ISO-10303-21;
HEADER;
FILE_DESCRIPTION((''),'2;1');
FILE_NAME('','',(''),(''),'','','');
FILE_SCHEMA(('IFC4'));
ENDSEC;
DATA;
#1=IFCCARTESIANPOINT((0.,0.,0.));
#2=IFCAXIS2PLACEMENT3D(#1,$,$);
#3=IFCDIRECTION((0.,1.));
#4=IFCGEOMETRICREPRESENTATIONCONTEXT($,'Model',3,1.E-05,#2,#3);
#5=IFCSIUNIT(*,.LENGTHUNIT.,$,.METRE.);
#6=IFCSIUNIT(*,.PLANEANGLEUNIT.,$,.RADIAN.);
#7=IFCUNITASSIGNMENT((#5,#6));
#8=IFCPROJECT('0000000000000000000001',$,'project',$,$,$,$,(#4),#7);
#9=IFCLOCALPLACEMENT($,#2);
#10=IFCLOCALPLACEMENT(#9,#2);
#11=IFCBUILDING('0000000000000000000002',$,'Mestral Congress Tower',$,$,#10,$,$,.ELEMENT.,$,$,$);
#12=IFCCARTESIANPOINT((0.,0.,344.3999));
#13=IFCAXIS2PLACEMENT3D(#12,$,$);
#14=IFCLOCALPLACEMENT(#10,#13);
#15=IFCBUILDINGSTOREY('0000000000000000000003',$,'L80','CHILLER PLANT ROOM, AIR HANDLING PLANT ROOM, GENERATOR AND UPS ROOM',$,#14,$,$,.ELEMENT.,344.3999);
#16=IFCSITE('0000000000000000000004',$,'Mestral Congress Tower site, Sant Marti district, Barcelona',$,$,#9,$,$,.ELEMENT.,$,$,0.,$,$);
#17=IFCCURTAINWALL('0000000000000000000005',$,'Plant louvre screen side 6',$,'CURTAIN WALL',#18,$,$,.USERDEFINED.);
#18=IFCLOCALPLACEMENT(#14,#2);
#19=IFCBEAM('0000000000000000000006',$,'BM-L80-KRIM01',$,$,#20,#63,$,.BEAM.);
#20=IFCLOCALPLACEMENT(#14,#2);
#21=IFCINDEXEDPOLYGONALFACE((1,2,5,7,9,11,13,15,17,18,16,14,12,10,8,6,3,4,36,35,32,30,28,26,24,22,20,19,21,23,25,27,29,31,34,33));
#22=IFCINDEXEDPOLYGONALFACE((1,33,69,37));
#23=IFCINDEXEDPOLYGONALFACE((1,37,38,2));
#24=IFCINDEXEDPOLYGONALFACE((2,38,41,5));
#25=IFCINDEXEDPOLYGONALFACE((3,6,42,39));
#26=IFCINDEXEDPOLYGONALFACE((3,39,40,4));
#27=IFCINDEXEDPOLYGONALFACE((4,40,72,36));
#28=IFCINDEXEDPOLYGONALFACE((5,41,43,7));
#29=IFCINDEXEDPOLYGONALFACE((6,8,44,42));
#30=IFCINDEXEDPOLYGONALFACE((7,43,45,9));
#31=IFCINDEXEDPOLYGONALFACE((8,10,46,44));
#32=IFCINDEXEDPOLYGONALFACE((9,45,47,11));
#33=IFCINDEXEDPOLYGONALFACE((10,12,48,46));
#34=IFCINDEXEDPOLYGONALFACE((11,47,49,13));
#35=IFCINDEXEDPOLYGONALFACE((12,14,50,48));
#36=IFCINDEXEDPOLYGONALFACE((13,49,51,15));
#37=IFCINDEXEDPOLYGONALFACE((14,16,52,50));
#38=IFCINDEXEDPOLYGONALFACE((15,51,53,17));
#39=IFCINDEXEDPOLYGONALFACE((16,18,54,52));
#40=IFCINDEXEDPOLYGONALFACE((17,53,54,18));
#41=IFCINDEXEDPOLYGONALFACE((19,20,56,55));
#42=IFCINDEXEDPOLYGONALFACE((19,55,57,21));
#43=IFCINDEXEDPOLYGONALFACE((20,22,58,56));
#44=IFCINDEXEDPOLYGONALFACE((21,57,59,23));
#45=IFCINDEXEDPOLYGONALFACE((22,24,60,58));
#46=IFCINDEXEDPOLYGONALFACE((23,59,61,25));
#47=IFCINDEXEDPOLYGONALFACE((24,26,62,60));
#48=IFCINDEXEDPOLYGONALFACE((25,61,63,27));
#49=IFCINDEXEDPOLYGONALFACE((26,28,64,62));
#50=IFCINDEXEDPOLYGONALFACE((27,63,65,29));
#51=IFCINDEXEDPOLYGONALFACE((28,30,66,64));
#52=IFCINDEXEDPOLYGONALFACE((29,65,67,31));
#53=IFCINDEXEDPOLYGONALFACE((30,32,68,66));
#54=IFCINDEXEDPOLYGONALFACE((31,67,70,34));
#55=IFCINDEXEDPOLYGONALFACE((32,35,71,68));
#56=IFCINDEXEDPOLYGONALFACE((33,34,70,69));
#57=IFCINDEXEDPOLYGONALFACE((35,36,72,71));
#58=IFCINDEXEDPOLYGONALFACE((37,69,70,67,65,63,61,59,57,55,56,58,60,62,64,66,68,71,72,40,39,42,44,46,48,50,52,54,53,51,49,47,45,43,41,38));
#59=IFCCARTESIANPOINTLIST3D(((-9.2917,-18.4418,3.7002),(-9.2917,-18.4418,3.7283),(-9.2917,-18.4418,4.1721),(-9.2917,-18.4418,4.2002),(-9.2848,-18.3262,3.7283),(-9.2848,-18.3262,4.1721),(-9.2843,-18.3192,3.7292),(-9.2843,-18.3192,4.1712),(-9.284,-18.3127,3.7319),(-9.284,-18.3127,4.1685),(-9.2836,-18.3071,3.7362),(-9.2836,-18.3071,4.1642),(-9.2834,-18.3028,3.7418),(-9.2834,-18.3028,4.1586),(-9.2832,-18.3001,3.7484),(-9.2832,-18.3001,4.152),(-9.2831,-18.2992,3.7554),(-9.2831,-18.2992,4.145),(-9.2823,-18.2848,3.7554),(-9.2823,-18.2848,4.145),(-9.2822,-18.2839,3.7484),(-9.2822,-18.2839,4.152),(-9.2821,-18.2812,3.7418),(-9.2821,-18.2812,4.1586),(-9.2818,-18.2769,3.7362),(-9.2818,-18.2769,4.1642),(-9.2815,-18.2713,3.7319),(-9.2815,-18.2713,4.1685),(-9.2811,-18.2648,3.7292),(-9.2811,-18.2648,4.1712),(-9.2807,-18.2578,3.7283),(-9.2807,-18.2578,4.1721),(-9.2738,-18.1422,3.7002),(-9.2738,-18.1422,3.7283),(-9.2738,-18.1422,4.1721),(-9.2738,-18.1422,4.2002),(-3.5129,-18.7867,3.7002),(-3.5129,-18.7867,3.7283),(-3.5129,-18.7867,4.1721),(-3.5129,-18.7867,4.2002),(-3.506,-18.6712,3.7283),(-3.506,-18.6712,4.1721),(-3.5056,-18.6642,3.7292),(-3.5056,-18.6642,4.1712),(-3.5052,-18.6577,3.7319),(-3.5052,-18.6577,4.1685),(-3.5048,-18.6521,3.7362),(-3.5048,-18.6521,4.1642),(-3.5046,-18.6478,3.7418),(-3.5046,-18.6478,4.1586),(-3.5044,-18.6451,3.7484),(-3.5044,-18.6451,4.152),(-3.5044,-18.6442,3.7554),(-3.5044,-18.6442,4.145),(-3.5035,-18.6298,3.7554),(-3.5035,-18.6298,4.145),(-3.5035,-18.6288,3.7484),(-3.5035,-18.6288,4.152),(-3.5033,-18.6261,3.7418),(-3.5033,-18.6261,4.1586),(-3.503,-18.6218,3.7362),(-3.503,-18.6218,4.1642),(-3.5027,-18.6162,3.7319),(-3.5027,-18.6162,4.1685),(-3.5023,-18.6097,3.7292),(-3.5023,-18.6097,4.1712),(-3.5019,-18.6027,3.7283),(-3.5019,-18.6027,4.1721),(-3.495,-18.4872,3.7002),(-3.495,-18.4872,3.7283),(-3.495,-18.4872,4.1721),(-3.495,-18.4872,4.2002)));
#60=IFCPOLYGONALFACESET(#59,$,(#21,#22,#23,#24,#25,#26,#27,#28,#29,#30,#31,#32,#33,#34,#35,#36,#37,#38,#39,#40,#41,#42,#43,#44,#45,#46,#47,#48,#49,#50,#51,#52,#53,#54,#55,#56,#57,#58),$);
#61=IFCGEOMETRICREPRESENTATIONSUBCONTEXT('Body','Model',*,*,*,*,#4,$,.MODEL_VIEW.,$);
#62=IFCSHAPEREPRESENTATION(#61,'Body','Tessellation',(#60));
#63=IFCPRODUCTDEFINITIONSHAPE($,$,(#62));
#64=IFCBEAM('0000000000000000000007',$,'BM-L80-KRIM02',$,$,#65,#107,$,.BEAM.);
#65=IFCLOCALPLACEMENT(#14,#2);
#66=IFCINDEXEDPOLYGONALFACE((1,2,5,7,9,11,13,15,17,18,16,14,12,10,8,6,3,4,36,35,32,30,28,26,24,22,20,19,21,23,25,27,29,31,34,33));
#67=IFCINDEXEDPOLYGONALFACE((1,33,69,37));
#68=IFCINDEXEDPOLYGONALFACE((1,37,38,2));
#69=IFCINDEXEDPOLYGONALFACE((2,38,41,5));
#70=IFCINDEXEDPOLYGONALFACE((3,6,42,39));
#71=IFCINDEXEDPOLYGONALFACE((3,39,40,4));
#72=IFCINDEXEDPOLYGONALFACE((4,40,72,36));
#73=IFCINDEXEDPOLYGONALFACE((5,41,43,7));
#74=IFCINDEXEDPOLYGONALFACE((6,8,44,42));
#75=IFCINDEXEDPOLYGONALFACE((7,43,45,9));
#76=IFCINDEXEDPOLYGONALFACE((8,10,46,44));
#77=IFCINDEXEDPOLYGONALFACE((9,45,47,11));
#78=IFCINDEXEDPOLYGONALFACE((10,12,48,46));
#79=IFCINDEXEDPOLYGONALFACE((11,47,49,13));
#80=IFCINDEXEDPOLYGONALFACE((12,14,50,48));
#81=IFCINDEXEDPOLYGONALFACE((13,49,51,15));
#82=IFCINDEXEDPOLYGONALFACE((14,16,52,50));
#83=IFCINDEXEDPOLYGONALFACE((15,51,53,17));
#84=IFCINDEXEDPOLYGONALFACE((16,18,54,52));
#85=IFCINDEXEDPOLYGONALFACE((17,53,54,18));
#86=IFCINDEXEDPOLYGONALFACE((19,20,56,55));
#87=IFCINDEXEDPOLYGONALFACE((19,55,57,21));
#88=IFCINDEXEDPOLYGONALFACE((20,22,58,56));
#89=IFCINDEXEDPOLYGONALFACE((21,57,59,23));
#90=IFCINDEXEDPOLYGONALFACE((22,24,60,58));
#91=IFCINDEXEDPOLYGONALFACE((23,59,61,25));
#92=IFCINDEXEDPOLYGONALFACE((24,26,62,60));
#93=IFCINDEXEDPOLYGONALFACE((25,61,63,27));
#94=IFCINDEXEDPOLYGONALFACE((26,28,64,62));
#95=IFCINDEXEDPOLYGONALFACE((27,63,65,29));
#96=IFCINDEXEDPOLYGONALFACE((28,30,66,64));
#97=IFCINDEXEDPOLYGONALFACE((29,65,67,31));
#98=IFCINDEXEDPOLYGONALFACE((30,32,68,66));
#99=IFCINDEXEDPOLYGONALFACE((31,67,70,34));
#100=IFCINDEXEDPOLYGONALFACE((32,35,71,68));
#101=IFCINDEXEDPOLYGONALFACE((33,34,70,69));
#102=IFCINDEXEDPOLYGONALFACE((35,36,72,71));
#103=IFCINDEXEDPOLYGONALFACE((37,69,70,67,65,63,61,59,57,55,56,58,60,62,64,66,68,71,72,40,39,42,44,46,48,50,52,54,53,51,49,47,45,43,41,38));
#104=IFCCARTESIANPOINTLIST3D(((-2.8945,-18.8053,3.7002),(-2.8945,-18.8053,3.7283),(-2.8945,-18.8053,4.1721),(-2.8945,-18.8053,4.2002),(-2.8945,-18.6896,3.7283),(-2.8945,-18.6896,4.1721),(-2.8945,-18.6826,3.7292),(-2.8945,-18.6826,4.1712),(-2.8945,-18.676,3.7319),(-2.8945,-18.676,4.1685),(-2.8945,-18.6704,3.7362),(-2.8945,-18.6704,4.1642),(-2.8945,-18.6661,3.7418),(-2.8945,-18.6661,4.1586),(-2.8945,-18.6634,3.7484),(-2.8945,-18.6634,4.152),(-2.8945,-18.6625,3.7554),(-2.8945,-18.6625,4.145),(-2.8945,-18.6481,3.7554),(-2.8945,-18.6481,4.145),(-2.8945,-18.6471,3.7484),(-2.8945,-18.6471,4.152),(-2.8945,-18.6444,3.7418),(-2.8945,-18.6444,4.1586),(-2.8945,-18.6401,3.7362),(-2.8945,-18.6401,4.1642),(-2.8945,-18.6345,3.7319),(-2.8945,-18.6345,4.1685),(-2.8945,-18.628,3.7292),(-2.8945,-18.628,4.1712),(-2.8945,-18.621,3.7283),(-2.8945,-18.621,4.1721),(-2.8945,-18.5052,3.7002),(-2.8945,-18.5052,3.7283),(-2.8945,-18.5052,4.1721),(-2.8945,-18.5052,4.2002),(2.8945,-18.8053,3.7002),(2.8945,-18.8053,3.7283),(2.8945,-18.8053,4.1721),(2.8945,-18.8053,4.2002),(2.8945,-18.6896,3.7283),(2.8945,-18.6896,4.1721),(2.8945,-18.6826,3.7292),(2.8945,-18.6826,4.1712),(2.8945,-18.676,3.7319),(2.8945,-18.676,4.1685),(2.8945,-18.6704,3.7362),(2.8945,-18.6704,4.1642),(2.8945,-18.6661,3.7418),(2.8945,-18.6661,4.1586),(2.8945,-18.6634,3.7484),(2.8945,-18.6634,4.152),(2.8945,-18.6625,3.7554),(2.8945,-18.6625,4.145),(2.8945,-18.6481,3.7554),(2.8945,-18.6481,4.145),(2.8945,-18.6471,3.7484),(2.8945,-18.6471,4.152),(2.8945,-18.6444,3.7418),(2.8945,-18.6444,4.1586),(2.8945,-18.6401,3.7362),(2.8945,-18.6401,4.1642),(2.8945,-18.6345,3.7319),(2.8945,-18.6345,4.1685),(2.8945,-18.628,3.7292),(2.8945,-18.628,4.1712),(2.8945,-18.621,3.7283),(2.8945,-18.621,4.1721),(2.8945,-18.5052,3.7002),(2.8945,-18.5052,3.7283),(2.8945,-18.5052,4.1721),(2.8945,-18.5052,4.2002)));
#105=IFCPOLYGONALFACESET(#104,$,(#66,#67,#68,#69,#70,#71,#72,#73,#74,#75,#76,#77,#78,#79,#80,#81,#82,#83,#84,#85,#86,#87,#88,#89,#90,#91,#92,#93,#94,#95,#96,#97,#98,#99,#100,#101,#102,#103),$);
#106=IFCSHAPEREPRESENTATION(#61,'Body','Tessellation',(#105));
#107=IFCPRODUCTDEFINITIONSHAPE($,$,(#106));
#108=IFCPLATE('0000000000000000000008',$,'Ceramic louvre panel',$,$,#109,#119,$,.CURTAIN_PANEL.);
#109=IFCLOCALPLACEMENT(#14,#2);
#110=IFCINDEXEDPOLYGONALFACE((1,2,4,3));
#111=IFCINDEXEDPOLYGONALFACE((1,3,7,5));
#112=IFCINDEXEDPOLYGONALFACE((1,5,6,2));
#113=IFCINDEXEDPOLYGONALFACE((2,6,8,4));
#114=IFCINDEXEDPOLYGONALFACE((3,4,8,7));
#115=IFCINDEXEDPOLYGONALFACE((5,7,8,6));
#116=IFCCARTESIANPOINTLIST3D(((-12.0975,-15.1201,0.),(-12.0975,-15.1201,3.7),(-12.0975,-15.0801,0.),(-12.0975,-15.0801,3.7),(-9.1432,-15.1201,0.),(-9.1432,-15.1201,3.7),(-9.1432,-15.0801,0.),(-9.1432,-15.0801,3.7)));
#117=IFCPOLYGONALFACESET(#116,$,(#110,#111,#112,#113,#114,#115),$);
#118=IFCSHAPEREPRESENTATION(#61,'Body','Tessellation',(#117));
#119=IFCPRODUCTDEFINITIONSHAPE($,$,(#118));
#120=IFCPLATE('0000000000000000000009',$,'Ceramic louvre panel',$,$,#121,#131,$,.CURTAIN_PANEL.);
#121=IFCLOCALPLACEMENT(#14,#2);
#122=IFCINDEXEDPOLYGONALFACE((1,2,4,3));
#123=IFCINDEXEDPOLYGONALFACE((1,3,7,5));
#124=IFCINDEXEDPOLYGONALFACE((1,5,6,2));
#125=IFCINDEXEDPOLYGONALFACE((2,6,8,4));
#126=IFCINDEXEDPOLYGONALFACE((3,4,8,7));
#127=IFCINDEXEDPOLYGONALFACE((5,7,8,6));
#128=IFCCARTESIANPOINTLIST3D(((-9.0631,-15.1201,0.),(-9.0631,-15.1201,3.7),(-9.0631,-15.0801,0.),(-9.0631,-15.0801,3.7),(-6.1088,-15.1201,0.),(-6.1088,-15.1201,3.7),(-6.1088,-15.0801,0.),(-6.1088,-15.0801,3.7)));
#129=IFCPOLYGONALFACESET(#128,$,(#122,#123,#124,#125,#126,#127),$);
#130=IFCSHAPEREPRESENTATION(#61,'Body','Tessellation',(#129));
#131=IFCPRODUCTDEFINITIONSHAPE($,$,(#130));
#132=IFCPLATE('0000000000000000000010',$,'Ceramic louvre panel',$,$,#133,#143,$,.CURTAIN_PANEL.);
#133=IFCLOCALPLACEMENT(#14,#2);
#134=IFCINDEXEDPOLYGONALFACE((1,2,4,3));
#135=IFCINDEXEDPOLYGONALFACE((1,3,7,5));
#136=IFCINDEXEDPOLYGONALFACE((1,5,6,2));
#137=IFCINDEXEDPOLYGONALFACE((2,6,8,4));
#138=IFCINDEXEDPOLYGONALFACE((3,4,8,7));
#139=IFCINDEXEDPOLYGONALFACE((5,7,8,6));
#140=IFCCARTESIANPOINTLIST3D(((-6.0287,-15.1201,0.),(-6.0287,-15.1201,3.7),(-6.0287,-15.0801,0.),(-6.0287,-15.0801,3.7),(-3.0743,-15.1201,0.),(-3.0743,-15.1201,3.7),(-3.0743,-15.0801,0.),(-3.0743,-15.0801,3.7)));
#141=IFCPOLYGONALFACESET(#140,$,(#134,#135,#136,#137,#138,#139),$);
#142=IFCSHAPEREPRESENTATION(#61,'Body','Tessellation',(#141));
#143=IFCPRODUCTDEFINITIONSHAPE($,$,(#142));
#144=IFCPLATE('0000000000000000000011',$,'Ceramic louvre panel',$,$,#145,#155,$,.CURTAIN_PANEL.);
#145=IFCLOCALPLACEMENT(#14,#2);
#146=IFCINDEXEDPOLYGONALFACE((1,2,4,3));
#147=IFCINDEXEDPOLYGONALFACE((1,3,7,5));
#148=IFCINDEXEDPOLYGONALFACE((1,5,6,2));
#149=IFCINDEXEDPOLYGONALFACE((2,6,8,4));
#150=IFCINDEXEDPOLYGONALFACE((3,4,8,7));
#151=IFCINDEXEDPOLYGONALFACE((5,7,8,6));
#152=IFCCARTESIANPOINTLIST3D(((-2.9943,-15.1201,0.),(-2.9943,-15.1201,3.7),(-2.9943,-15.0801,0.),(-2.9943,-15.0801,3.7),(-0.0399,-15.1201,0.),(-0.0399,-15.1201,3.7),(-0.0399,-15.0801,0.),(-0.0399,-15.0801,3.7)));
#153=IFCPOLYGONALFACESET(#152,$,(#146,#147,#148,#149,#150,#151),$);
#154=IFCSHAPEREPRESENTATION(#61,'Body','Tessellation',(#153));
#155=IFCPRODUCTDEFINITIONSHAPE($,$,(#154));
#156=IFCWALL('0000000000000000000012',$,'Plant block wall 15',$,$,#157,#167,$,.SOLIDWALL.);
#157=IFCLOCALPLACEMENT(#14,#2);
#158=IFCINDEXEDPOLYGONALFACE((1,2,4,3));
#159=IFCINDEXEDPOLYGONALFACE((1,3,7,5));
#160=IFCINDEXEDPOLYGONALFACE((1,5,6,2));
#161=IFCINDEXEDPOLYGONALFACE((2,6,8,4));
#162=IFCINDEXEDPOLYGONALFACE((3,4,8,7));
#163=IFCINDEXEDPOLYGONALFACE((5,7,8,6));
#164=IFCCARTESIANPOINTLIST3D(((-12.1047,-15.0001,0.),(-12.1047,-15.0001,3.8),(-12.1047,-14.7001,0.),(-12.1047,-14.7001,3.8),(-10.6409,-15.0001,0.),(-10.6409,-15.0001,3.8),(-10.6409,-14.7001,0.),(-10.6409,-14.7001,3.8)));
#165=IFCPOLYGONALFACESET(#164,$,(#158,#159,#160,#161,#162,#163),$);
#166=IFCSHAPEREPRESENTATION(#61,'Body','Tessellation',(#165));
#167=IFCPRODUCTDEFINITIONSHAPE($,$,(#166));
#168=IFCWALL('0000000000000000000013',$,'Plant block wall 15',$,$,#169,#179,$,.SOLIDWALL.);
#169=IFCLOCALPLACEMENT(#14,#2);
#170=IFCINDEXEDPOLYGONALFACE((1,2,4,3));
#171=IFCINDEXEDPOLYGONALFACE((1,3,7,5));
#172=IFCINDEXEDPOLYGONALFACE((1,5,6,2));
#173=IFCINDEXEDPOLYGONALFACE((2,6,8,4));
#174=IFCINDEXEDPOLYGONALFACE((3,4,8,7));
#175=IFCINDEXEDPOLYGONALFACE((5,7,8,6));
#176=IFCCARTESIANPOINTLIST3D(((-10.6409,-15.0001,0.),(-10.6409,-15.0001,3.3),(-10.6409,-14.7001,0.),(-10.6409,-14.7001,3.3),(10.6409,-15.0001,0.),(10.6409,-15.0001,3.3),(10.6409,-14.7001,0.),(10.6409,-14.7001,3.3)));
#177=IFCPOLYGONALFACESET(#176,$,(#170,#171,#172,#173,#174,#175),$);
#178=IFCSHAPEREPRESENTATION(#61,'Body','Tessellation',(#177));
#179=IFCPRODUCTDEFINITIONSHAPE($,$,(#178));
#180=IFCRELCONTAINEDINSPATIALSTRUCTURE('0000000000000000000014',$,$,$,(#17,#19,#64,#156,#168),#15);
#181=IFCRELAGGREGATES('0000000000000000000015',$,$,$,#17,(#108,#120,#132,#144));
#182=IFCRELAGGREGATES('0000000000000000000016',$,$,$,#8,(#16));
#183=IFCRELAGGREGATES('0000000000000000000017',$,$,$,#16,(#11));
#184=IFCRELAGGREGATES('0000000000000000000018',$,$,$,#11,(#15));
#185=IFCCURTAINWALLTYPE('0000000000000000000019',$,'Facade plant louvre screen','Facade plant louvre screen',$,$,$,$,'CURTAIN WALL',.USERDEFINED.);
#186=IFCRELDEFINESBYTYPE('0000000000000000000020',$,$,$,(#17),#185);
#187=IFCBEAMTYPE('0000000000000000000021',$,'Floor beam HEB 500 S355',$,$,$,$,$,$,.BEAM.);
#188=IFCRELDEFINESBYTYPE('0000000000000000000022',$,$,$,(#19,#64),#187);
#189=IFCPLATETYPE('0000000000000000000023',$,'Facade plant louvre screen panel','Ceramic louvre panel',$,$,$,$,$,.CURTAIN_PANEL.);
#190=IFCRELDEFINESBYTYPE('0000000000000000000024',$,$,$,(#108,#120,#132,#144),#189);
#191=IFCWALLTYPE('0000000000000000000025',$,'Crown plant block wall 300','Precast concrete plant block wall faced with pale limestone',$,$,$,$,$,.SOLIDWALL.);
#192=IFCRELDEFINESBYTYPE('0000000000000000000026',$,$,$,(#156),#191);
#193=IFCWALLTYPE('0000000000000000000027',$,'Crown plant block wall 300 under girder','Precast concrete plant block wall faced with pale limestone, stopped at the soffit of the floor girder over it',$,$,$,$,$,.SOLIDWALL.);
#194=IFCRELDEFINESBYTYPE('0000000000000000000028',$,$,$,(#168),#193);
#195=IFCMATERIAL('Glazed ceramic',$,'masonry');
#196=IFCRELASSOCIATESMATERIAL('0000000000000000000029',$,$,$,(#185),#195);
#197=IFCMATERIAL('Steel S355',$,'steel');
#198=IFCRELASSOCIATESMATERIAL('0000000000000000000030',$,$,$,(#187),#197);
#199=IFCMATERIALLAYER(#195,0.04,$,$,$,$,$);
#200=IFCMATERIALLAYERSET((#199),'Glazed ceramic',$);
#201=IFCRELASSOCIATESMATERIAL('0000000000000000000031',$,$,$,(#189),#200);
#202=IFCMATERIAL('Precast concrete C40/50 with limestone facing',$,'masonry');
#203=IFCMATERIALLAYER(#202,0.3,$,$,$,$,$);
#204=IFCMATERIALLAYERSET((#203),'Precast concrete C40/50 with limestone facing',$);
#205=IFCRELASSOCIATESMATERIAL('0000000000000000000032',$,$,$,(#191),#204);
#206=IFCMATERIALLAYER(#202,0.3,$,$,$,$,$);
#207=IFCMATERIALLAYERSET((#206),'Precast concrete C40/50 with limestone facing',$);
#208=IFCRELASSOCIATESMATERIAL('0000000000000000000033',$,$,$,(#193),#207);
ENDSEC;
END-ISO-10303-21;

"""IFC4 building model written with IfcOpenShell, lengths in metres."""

from ifc_helpers import new_model, si_unit, direction, frame, frame_2d, origin, origin_2d, place, context, subcontext, project, spatial, rectangle, i_section, extrude, material, layer, layer_set, material_profile, profile_set, type_object, element, aggregate, save


model = new_model("IFC4")

# Units and contexts
model_context = context("Model", 3, precision=1e-05, world=origin(), true_north=direction((0.0, 1.0)))
body_context = subcontext(model_context, "Body", "Model", "MODEL_VIEW")
ifc_project = project(units=[si_unit("LENGTHUNIT", "METRE"), si_unit("PLANEANGLEUNIT", "RADIAN")], contexts=[model_context])

# Site, building, storey
site_placement = place(None, origin())
site = spatial("IfcSite", under=ifc_project, at=site_placement, Name="Mestral Congress Tower site, Sant Marti district, Barcelona", CompositionType="ELEMENT", RefElevation=0.0)
building_placement = place(site_placement, origin())
building = spatial("IfcBuilding", under=site, at=building_placement, Name="Mestral Congress Tower", CompositionType="ELEMENT")
storey_placement = place(building_placement, frame((0.0, 0.0, 344.3999)))
storey = spatial("IfcBuildingStorey", under=building, at=storey_placement, Name="L80", Description="CHILLER PLANT ROOM, AIR HANDLING PLANT ROOM, GENERATOR AND UPS ROOM", CompositionType="ELEMENT", Elevation=344.3999)

# Shared definitions
ifc_material_1 = material(Name="Steel S355", Category="steel")

# Shared definitions
ifc_material_2 = material(Name="Glazed ceramic", Category="masonry")
curtain_wall_type = type_object("IfcCurtainWallType", Name="Facade plant louvre screen", Description="Facade plant louvre screen", ElementType="CURTAIN WALL", PredefinedType="USERDEFINED", material=ifc_material_2)
placement = place(storey_placement, origin())

# Curtain wall
curtain_wall_1 = element("IfcCurtainWall", 1, at=placement, inside=storey, type_object=curtain_wall_type, Name="Plant louvre screen side 6", ObjectType="CURTAIN WALL", PredefinedType="USERDEFINED")

# Beams
ifc_material_profile_1 = material_profile(ifc_material_1, i_section(OverallWidth=0.3, OverallDepth=0.5, WebThickness=0.0144, FlangeThickness=0.0281, FilletRadius=0.0271, at=origin_2d()), Name="HEB 500")
ifc_profile_set_1 = profile_set([ifc_material_profile_1], Name="Steel S355")
beam_type_1 = type_object("IfcBeamType", Name="Floor beam HEB 500 S355", PredefinedType="BEAM", material=ifc_profile_set_1)
for number, where, z_axis, x_axis, name in (
    (2, (-9.2827, -18.292, 3.9502), (0.998223, -0.05959, 0.0), (0.05959, 0.998223, 0.0), "BM-L80-KRIM01"),
    (3, (-2.8945, -18.6553, 3.9502), (1.0, 0.0, 0.0), (0.0, 1.0, 0.0), "BM-L80-KRIM02"),
):
    element("IfcBeam", number, at=place(storey_placement, frame(where, z_axis=z_axis, x_axis=x_axis)), inside=storey, type_object=beam_type_1, Name=name, PredefinedType="BEAM", context=body_context, shape_type="SweptSolid", body=[
        extrude(i_section(OverallWidth=0.3, OverallDepth=0.5, WebThickness=0.0144, FlangeThickness=0.0281, FilletRadius=0.0271, at=origin_2d()), origin(), (0.0, 0.0, 1.0), 5.7891),
    ])

# Plates
ifc_layer_1 = layer(ifc_material_2, 0.04)
ifc_layer_set_1 = layer_set([ifc_layer_1], Name="Glazed ceramic")
plate_type = type_object("IfcPlateType", Name="Facade plant louvre screen panel", Description="Ceramic louvre panel", PredefinedType="CURTAIN_PANEL", material=ifc_layer_set_1)
plate_1_placement = place(storey_placement, frame((-10.6204, -15.1001, 0.0), z_axis=(0.0, 0.0, 1.0), x_axis=(1.0, 0.0, 0.0)))
plate_1 = element("IfcPlate", 4, at=plate_1_placement, type_object=plate_type, Name="Ceramic louvre panel", PredefinedType="CURTAIN_PANEL", context=body_context, shape_type="SweptSolid", body=[
    extrude(rectangle(XDim=2.9543, YDim=0.04, at=origin_2d()), origin(), (0.0, 0.0, 1.0), 3.7),
])
plate_2_placement = place(storey_placement, frame((-7.5859, -15.1001, 0.0), z_axis=(0.0, 0.0, 1.0), x_axis=(1.0, 0.0, 0.0)))
plate_2 = element("IfcPlate", 5, at=plate_2_placement, type_object=plate_type, Name="Ceramic louvre panel", PredefinedType="CURTAIN_PANEL", context=body_context, shape_type="SweptSolid", body=[
    extrude(rectangle(XDim=2.9543, YDim=0.04, at=origin_2d()), origin(), (0.0, 0.0, 1.0), 3.7),
])
plate_3_placement = place(storey_placement, frame((-4.5515, -15.1001, 0.0), z_axis=(0.0, 0.0, 1.0), x_axis=(1.0, 0.0, 0.0)))
plate_3 = element("IfcPlate", 6, at=plate_3_placement, type_object=plate_type, Name="Ceramic louvre panel", PredefinedType="CURTAIN_PANEL", context=body_context, shape_type="SweptSolid", body=[
    extrude(rectangle(XDim=2.9543, YDim=0.04, at=origin_2d()), origin(), (0.0, 0.0, 1.0), 3.7),
])
plate_4_placement = place(storey_placement, frame((-1.5171, -15.1001, 0.0), z_axis=(0.0, 0.0, 1.0), x_axis=(1.0, 0.0, 0.0)))
plate_4 = element("IfcPlate", 7, at=plate_4_placement, type_object=plate_type, Name="Ceramic louvre panel", PredefinedType="CURTAIN_PANEL", context=body_context, shape_type="SweptSolid", body=[
    extrude(rectangle(XDim=2.9543, YDim=0.04, at=origin_2d()), origin(), (0.0, 0.0, 1.0), 3.7),
])
aggregate(curtain_wall_1, [plate_1, plate_2, plate_3, plate_4])

# Walls
ifc_material_3 = material(Name="Precast concrete C40/50 with limestone facing", Category="masonry")
ifc_layer_2 = layer(ifc_material_3, 0.3)
ifc_layer_set_2 = layer_set([ifc_layer_2], Name="Precast concrete C40/50 with limestone facing")
wall_type_1 = type_object("IfcWallType", Name="Crown plant block wall 300", Description="Precast concrete plant block wall faced with pale limestone", PredefinedType="SOLIDWALL", material=ifc_layer_set_2)
wall_1_placement = place(storey_placement, frame((-12.1047, -14.8501, 0.0), z_axis=(0.0, 0.0, 1.0), x_axis=(1.0, 0.0, 0.0)))
element("IfcWall", 8, at=wall_1_placement, inside=storey, type_object=wall_type_1, Name="Plant block wall 15", PredefinedType="SOLIDWALL", context=body_context, shape_type="SweptSolid", body=[
    extrude(rectangle(XDim=1.4639, YDim=0.3, at=frame_2d((0.7319, 0.0))), origin(), (0.0, 0.0, 1.0), 3.8),
])
ifc_layer_3 = layer(ifc_material_3, 0.3)
ifc_layer_set_3 = layer_set([ifc_layer_3], Name="Precast concrete C40/50 with limestone facing")
wall_type_2 = type_object("IfcWallType", Name="Crown plant block wall 300 under girder", Description="Precast concrete plant block wall faced with pale limestone, stopped at the soffit of the floor girder over it", PredefinedType="SOLIDWALL", material=ifc_layer_set_3)
wall_2_placement = place(storey_placement, frame((-10.6409, -14.8501, 0.0), z_axis=(0.0, 0.0, 1.0), x_axis=(1.0, 0.0, 0.0)))
element("IfcWall", 9, at=wall_2_placement, inside=storey, type_object=wall_type_2, Name="Plant block wall 15", PredefinedType="SOLIDWALL", context=body_context, shape_type="SweptSolid", body=[
    extrude(rectangle(XDim=21.2817, YDim=0.3, at=frame_2d((10.6409, 0.0))), origin(), (0.0, 0.0, 1.0), 3.3),
])

save(model, "model.ifc")
